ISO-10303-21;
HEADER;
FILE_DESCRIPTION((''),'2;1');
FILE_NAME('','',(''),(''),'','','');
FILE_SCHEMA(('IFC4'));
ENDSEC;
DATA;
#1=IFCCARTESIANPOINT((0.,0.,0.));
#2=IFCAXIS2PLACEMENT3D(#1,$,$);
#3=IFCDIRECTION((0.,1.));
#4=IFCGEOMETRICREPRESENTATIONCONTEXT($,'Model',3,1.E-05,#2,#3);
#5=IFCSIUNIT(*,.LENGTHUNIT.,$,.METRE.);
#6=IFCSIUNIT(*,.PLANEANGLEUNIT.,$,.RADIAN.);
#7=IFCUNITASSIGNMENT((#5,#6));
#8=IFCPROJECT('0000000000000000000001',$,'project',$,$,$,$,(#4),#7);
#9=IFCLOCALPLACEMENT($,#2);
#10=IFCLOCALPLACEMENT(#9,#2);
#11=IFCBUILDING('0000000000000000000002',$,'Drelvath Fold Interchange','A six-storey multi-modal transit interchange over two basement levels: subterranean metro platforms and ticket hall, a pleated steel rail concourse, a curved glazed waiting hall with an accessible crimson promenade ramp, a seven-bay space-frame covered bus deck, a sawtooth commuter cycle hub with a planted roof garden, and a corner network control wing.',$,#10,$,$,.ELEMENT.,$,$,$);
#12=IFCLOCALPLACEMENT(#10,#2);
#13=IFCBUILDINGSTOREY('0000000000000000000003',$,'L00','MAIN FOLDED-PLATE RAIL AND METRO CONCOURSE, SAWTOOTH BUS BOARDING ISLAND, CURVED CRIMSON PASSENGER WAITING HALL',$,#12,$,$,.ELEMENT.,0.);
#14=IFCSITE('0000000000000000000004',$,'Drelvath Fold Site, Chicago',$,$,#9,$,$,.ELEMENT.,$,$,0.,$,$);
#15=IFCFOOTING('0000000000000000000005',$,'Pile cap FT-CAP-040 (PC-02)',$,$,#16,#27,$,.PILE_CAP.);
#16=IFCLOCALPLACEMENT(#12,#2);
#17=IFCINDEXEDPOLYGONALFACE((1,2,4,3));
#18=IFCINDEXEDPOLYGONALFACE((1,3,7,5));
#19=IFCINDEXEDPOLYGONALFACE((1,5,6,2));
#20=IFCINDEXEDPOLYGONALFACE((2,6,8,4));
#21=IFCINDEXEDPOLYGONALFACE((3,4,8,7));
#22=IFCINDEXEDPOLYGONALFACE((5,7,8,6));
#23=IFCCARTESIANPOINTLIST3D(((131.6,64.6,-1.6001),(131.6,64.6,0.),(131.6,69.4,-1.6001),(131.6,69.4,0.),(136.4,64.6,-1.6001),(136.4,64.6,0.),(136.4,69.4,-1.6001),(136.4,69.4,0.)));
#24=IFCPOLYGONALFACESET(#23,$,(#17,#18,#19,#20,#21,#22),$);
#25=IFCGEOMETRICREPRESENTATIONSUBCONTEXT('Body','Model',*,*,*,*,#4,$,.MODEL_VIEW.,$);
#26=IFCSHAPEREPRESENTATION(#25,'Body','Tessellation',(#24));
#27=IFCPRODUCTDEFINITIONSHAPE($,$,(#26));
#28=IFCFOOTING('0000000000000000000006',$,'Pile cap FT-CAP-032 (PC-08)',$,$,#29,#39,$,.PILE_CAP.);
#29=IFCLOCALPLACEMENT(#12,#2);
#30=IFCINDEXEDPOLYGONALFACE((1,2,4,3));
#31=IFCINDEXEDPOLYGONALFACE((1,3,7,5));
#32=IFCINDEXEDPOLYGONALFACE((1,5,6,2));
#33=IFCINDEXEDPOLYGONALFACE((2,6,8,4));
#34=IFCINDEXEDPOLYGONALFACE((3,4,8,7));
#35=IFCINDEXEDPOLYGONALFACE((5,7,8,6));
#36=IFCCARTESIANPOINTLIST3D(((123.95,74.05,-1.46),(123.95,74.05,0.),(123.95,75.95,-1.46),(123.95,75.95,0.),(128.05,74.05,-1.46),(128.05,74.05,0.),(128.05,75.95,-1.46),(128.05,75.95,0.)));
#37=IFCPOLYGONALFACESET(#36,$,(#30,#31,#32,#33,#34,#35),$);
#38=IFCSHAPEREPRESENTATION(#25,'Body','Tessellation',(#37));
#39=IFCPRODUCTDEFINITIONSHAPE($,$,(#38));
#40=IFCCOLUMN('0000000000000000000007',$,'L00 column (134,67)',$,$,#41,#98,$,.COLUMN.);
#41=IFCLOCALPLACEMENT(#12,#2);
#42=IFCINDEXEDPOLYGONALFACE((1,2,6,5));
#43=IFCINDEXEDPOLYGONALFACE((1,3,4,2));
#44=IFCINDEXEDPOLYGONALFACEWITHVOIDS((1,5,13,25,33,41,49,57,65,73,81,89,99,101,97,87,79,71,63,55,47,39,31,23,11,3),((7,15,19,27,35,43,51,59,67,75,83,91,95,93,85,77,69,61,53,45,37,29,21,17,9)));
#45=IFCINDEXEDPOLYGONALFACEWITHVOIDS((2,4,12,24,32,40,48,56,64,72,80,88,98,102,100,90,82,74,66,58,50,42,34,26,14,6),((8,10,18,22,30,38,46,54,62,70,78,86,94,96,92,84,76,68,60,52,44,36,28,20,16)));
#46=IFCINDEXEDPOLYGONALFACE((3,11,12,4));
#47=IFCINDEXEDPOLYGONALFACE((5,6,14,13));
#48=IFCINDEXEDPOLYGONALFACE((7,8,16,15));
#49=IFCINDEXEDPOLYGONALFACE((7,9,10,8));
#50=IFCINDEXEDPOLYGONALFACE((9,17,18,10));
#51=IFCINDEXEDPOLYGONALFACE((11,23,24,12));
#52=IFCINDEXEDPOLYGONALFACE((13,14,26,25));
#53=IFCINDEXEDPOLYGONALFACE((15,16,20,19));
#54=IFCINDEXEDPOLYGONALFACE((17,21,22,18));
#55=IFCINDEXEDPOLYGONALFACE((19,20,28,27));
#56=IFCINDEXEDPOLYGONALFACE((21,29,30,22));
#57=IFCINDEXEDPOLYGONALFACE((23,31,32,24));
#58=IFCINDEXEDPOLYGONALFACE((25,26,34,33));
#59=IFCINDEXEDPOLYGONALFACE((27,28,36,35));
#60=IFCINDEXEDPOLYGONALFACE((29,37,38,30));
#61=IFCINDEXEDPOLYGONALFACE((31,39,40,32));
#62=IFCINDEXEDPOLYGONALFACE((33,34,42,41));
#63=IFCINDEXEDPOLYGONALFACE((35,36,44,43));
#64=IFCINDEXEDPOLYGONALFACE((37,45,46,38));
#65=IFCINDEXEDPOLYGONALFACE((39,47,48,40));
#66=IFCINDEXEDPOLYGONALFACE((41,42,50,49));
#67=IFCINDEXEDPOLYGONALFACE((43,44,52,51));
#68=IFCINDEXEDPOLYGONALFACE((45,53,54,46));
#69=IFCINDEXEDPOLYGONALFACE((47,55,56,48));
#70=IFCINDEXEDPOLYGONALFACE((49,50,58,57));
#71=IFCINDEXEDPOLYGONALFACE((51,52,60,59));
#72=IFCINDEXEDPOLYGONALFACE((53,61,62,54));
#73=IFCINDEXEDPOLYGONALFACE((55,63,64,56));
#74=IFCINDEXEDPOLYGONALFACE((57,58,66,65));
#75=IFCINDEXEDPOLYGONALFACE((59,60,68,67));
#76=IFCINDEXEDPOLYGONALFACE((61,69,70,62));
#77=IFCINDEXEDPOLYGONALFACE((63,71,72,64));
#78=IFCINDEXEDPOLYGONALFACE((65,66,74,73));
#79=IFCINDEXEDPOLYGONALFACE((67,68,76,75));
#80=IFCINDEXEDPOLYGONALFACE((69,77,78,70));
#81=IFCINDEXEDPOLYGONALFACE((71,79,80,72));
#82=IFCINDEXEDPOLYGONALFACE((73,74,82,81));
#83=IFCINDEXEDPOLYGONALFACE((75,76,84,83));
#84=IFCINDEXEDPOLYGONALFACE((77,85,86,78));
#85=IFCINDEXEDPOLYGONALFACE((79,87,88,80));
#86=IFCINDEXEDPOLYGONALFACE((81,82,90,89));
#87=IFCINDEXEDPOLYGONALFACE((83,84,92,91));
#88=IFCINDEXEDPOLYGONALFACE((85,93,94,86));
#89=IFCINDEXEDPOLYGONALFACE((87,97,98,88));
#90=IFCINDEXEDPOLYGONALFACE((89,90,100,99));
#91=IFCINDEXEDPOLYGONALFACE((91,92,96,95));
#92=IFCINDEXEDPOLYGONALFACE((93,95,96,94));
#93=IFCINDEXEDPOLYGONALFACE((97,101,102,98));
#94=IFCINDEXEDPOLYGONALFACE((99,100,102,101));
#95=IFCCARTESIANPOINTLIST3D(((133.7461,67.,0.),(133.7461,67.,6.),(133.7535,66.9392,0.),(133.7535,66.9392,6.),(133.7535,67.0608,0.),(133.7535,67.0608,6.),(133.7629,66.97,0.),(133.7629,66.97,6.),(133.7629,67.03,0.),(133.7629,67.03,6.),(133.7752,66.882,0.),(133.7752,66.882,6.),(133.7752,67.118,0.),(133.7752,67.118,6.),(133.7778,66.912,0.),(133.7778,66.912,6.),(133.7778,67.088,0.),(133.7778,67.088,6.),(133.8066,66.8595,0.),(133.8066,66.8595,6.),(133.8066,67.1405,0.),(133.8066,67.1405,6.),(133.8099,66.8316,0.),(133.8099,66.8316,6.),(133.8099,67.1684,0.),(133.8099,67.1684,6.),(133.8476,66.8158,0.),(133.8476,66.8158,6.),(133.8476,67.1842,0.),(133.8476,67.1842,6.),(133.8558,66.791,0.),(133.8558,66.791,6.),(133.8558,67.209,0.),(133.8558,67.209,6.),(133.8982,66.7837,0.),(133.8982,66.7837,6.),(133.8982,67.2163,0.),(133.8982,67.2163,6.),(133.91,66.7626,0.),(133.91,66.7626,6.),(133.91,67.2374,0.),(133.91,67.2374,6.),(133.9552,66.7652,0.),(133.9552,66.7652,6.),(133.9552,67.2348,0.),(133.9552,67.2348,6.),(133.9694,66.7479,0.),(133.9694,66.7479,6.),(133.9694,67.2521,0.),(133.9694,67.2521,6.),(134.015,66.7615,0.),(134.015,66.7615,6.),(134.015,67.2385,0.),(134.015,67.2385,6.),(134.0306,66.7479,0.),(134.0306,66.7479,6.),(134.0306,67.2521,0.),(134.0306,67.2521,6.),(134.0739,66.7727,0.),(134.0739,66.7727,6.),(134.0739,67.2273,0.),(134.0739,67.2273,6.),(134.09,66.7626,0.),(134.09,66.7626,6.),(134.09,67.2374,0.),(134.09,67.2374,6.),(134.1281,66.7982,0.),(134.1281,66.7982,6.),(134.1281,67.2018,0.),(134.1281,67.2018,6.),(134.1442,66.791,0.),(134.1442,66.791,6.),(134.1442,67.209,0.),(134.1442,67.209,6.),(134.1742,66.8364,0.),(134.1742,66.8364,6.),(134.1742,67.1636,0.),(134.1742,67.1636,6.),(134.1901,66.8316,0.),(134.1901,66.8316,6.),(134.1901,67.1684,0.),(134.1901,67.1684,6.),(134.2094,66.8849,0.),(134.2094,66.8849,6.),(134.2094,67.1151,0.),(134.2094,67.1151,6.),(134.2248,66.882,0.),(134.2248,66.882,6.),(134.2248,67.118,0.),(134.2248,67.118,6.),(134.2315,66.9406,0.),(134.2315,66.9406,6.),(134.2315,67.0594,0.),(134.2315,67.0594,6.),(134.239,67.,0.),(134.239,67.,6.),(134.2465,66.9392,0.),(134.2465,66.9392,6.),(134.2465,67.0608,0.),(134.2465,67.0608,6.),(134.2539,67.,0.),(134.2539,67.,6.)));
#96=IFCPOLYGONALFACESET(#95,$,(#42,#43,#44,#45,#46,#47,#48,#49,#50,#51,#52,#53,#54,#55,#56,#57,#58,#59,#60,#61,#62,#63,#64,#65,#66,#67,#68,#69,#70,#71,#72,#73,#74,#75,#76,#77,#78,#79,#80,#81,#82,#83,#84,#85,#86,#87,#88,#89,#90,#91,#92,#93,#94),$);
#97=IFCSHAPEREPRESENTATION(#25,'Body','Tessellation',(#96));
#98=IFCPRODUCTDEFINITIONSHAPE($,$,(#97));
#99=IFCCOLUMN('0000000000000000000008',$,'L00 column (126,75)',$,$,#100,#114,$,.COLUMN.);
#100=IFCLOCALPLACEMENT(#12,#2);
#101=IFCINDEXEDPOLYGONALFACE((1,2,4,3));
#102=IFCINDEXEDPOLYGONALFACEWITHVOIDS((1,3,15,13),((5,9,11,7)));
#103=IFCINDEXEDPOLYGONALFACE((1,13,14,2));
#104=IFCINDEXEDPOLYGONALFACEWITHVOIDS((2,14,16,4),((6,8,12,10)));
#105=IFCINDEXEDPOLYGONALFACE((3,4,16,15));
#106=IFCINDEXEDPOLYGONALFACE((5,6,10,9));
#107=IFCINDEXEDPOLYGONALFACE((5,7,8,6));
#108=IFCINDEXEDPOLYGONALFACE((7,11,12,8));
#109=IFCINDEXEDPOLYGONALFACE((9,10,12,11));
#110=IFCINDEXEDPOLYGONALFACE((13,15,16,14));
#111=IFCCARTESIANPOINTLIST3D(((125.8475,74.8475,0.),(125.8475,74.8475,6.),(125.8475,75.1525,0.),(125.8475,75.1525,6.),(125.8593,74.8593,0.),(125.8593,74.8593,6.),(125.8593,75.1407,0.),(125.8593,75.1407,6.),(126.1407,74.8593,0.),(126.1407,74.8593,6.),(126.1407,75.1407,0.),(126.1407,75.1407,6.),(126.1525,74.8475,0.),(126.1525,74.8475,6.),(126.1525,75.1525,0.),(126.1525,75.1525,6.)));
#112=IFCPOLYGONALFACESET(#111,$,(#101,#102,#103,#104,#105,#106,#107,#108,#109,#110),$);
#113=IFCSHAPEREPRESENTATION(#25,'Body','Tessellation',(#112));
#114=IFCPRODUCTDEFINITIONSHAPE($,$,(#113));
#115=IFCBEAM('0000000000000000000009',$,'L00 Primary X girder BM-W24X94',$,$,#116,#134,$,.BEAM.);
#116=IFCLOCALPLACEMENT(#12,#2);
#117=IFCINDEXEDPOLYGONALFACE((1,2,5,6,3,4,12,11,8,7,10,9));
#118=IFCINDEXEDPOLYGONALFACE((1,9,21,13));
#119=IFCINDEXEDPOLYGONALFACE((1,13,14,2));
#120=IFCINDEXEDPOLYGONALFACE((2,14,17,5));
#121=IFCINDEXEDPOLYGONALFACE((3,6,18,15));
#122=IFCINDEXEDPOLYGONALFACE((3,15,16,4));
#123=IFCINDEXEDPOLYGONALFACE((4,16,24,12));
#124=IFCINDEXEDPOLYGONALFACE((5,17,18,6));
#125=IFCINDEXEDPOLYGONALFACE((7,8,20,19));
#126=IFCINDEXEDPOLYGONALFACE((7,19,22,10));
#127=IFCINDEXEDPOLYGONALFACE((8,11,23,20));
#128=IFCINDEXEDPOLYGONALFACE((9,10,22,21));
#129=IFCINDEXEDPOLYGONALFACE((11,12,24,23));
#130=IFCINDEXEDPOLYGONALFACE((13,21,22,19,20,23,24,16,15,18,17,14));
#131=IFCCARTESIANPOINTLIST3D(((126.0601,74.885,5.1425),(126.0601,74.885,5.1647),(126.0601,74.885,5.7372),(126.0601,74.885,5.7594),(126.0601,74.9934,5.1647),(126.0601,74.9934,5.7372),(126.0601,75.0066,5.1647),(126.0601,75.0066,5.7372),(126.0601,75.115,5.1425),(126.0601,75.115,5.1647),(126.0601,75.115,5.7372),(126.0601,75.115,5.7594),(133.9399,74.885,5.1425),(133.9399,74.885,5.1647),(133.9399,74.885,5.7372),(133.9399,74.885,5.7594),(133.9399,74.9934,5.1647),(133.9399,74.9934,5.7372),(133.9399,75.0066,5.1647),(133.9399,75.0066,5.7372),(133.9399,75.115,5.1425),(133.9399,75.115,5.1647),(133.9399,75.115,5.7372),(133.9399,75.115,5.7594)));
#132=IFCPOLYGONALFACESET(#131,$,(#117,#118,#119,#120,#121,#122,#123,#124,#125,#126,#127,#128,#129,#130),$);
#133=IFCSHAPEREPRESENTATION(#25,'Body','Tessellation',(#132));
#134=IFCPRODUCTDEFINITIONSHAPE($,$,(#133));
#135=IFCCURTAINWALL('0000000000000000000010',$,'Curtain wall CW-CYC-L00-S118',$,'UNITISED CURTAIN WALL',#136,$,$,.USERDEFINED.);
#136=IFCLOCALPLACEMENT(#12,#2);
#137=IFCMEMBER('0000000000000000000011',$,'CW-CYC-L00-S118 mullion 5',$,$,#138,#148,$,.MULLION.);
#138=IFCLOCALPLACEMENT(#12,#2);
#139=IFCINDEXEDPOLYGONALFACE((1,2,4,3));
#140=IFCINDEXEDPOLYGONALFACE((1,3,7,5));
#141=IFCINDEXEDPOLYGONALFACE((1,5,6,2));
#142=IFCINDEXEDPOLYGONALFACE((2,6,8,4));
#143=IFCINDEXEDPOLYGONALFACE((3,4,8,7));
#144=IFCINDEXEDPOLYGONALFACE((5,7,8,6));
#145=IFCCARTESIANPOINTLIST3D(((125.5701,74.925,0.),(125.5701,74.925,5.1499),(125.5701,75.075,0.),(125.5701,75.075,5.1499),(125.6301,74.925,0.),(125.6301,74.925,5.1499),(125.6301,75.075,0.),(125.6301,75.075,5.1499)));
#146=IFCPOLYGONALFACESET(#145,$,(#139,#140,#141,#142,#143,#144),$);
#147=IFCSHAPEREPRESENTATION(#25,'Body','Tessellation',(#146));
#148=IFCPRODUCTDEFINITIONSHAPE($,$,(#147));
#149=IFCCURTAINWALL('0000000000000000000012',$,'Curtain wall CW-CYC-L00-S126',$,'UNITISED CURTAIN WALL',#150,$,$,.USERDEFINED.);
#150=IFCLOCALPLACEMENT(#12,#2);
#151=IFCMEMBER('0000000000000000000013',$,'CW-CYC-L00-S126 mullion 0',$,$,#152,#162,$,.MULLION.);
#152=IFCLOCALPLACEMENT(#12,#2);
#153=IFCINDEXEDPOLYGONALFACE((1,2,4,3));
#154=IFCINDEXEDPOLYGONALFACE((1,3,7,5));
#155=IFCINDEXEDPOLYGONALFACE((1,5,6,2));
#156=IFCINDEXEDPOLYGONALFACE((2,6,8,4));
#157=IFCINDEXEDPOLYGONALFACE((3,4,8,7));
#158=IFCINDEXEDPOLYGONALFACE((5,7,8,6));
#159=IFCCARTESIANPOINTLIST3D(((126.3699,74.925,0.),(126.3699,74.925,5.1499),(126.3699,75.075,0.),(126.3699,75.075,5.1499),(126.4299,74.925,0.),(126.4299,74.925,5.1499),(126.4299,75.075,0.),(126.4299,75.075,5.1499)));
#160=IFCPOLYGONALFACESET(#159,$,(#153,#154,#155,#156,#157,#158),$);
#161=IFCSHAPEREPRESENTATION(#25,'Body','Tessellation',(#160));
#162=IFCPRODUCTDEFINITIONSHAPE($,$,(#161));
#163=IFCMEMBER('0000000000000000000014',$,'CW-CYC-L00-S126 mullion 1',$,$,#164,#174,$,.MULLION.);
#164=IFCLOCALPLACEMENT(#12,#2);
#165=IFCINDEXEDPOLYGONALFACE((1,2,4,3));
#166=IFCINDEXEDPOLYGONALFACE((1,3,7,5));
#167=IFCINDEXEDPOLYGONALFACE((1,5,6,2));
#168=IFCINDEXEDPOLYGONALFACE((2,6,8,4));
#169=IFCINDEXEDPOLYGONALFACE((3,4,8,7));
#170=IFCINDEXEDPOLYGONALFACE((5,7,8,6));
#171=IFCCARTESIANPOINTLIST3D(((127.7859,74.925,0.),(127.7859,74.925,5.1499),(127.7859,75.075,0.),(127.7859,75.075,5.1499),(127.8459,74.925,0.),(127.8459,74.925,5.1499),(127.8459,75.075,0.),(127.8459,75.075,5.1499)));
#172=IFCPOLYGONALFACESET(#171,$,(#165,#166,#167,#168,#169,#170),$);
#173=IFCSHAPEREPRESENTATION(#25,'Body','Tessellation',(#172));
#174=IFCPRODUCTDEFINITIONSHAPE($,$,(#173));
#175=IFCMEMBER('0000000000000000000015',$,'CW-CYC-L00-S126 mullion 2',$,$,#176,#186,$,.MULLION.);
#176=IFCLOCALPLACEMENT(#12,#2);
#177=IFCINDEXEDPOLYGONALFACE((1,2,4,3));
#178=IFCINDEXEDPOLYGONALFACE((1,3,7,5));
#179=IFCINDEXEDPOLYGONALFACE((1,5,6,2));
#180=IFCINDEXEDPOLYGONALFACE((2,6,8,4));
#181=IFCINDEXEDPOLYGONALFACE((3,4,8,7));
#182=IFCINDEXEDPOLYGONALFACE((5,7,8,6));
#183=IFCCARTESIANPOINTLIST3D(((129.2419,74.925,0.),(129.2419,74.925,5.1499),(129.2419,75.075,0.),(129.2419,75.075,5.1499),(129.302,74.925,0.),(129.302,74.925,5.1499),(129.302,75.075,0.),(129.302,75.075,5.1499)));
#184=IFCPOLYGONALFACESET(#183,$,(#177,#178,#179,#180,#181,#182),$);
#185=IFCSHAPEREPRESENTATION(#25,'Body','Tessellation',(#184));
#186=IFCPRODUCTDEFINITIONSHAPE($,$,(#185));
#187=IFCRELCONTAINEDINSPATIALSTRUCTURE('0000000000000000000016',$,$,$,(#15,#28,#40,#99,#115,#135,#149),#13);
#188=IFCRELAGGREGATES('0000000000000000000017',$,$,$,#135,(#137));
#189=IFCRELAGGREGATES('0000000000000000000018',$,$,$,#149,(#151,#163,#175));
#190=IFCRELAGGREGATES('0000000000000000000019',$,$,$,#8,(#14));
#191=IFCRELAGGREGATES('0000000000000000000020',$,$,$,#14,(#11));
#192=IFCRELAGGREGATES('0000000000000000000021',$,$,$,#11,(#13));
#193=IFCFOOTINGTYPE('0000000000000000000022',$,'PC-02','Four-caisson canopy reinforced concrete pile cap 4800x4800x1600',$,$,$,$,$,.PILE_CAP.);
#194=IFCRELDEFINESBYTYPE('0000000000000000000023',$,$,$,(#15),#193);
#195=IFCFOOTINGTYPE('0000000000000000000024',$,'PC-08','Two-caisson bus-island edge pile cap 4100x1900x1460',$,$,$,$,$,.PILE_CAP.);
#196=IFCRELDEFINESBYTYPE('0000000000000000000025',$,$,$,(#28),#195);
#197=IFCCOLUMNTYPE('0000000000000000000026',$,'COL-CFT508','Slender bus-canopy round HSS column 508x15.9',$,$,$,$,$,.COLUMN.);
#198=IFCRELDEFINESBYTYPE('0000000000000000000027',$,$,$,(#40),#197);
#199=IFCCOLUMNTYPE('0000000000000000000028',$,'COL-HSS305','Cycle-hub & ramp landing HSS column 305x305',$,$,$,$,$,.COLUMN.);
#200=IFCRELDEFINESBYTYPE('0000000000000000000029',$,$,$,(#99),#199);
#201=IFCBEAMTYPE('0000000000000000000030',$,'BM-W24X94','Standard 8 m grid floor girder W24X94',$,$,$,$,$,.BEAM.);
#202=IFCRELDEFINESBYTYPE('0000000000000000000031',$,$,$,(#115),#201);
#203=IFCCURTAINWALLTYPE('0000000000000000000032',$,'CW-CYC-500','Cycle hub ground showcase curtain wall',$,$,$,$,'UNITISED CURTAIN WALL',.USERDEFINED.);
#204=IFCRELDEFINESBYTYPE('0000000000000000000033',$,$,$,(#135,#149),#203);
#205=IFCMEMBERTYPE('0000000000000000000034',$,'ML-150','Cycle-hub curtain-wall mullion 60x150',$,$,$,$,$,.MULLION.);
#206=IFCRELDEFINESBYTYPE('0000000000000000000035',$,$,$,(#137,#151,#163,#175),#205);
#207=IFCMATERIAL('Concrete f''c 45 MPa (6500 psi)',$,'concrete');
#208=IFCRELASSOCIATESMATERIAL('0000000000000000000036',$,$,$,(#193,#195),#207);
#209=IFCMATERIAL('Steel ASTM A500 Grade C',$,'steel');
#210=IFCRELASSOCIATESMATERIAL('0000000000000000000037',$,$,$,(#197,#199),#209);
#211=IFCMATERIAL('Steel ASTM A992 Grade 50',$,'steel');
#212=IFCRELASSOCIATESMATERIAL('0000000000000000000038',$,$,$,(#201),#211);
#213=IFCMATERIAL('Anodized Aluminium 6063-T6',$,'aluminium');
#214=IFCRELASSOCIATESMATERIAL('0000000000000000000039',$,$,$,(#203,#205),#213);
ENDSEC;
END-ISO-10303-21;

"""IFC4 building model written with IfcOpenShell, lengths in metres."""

from ifc_helpers import new_model, si_unit, direction, frame, origin, origin_2d, place, context, subcontext, project, spatial, rectangle, hollow_rectangle, hollow_circle, i_section, extrude, material, material_profile, profile_set, type_object, element, aggregate, save


model = new_model("IFC4")

# Units and contexts
model_context = context("Model", 3, precision=1e-05, world=origin(), true_north=direction((0.0, 1.0)))
body_context = subcontext(model_context, "Body", "Model", "MODEL_VIEW")
ifc_project = project(units=[si_unit("LENGTHUNIT", "METRE"), si_unit("PLANEANGLEUNIT", "RADIAN")], contexts=[model_context])

# Site, building, storey
site_placement = place(None, origin())
site = spatial("IfcSite", under=ifc_project, at=site_placement, Name="Drelvath Fold Site, Chicago", CompositionType="ELEMENT", RefElevation=0.0)
building_placement = place(site_placement, origin())
building = spatial("IfcBuilding", under=site, at=building_placement, Name="Drelvath Fold Interchange", Description="A six-storey multi-modal transit interchange over two basement levels: subterranean metro platforms and ticket hall, a pleated steel rail concourse, a curved glazed waiting hall with an accessible crimson promenade ramp, a seven-bay space-frame covered bus deck, a sawtooth commuter cycle hub with a planted roof garden, and a corner network control wing.", CompositionType="ELEMENT")
storey_placement = place(building_placement, origin())
storey = spatial("IfcBuildingStorey", under=building, at=storey_placement, Name="L00", Description="MAIN FOLDED-PLATE RAIL AND METRO CONCOURSE, SAWTOOTH BUS BOARDING ISLAND, CURVED CRIMSON PASSENGER WAITING HALL", CompositionType="ELEMENT", Elevation=0.0)

# Footings
ifc_material_1 = material(Name="Concrete f'c 45 MPa (6500 psi)", Category="concrete")
footing_type_1 = type_object("IfcFootingType", Name="PC-02", Description="Four-caisson canopy reinforced concrete pile cap 4800x4800x1600", PredefinedType="PILE_CAP", material=ifc_material_1)
footing_1_placement = place(storey_placement, frame((134.0, 67.0, -1.6001), z_axis=(0.0, 0.0, 1.0), x_axis=(1.0, 0.0, 0.0)))
element("IfcFooting", 1, at=footing_1_placement, inside=storey, type_object=footing_type_1, Name="Pile cap FT-CAP-040 (PC-02)", PredefinedType="PILE_CAP", context=body_context, shape_type="SweptSolid", body=[
    extrude(rectangle(XDim=4.8, YDim=4.8, at=origin_2d()), origin(), (0.0, 0.0, 1.0), 1.6001),
])
footing_type_2 = type_object("IfcFootingType", Name="PC-08", Description="Two-caisson bus-island edge pile cap 4100x1900x1460", PredefinedType="PILE_CAP", material=ifc_material_1)
footing_2_placement = place(storey_placement, frame((126.0, 75.0, -1.46), z_axis=(0.0, 0.0, 1.0), x_axis=(1.0, 0.0, 0.0)))
element("IfcFooting", 2, at=footing_2_placement, inside=storey, type_object=footing_type_2, Name="Pile cap FT-CAP-032 (PC-08)", PredefinedType="PILE_CAP", context=body_context, shape_type="SweptSolid", body=[
    extrude(rectangle(XDim=4.1001, YDim=1.8999, at=origin_2d()), origin(), (0.0, 0.0, 1.0), 1.46),
])

# Columns
ifc_material_2 = material(Name="Steel ASTM A500 Grade C", Category="steel")
ifc_material_profile_1 = material_profile(ifc_material_2, hollow_circle(Radius=0.2539, WallThickness=0.0149, at=origin_2d()), Name="HSS20.000X0.625")
ifc_profile_set_1 = profile_set([ifc_material_profile_1], Name="Steel ASTM A500 Grade C")
column_type_1 = type_object("IfcColumnType", Name="COL-CFT508", Description="Slender bus-canopy round HSS column 508x15.9", PredefinedType="COLUMN", material=ifc_profile_set_1)
column_1_placement = place(storey_placement, frame((134.0, 67.0, 0.0), z_axis=(0.0, 0.0, 1.0), x_axis=(1.0, 0.0, 0.0)))
element("IfcColumn", 3, at=column_1_placement, inside=storey, type_object=column_type_1, Name="L00 column (134,67)", PredefinedType="COLUMN", context=body_context, shape_type="SweptSolid", body=[
    extrude(hollow_circle(Radius=0.2539, WallThickness=0.0149, at=origin_2d()), origin(), (0.0, 0.0, 1.0), 6.0),
])
ifc_material_profile_2 = material_profile(ifc_material_2, hollow_rectangle(XDim=0.3049, YDim=0.3049, WallThickness=0.0117, at=origin_2d()), Name="HSS12X12X1/2")
ifc_profile_set_2 = profile_set([ifc_material_profile_2], Name="Steel ASTM A500 Grade C")
column_type_2 = type_object("IfcColumnType", Name="COL-HSS305", Description="Cycle-hub & ramp landing HSS column 305x305", PredefinedType="COLUMN", material=ifc_profile_set_2)
column_2_placement = place(storey_placement, frame((126.0, 75.0, 0.0), z_axis=(0.0, 0.0, 1.0), x_axis=(1.0, 0.0, 0.0)))
element("IfcColumn", 4, at=column_2_placement, inside=storey, type_object=column_type_2, Name="L00 column (126,75)", PredefinedType="COLUMN", context=body_context, shape_type="SweptSolid", body=[
    extrude(hollow_rectangle(XDim=0.3049, YDim=0.3049, WallThickness=0.0117, at=origin_2d()), origin(), (0.0, 0.0, 1.0), 6.0),
])

# Beam
ifc_material_3 = material(Name="Steel ASTM A992 Grade 50", Category="steel")
ifc_material_profile_3 = material_profile(ifc_material_3, i_section(OverallWidth=0.23, OverallDepth=0.6169, WebThickness=0.0132, FlangeThickness=0.0222, at=origin_2d()), Name="W24X94")
ifc_profile_set_3 = profile_set([ifc_material_profile_3], Name="Steel ASTM A992 Grade 50")
beam_type = type_object("IfcBeamType", Name="BM-W24X94", Description="Standard 8 m grid floor girder W24X94", PredefinedType="BEAM", material=ifc_profile_set_3)
beam_placement = place(storey_placement, frame((126.0601, 75.0, 5.4509), z_axis=(1.0, 0.0, 0.0), x_axis=(0.0, 1.0, 0.0)))
element("IfcBeam", 5, at=beam_placement, inside=storey, type_object=beam_type, Name="L00 Primary X girder BM-W24X94", PredefinedType="BEAM", context=body_context, shape_type="SweptSolid", body=[
    extrude(i_section(OverallWidth=0.23, OverallDepth=0.6169, WebThickness=0.0132, FlangeThickness=0.0222, at=origin_2d()), origin(), (0.0, 0.0, 1.0), 7.8799),
])

# Curtain wall, member
ifc_material_4 = material(Name="Anodized Aluminium 6063-T6", Category="aluminium")
curtain_wall_type = type_object("IfcCurtainWallType", Name="CW-CYC-500", Description="Cycle hub ground showcase curtain wall", ElementType="UNITISED CURTAIN WALL", PredefinedType="USERDEFINED", material=ifc_material_4)
curtain_wall_1_placement = place(storey_placement, origin())
curtain_wall_1 = element("IfcCurtainWall", 6, at=curtain_wall_1_placement, inside=storey, type_object=curtain_wall_type, Name="Curtain wall CW-CYC-L00-S118", ObjectType="UNITISED CURTAIN WALL", PredefinedType="USERDEFINED")
ifc_material_profile_4 = material_profile(ifc_material_4, rectangle(XDim=0.0601, YDim=0.1499, at=origin_2d()), Name="AL-M 60x150")
ifc_profile_set_4 = profile_set([ifc_material_profile_4], Name="Anodized Aluminium 6063-T6")
member_type_1 = type_object("IfcMemberType", Name="ML-150", Description="Cycle-hub curtain-wall mullion 60x150", PredefinedType="MULLION", material=ifc_profile_set_4)
member_1_placement = place(storey_placement, frame((125.6001, 75.0, 0.0), z_axis=(0.0, 0.0, 1.0), x_axis=(1.0, 0.0, 0.0)))
member_1 = element("IfcMember", 7, at=member_1_placement, type_object=member_type_1, Name="CW-CYC-L00-S118 mullion 5", PredefinedType="MULLION", context=body_context, shape_type="SweptSolid", body=[
    extrude(rectangle(XDim=0.0601, YDim=0.1499, at=origin_2d()), origin(), (0.0, 0.0, 1.0), 5.1499),
])

# Curtain wall, members
curtain_wall_2_placement = place(storey_placement, origin())
curtain_wall_2 = element("IfcCurtainWall", 8, at=curtain_wall_2_placement, inside=storey, type_object=curtain_wall_type, Name="Curtain wall CW-CYC-L00-S126", ObjectType="UNITISED CURTAIN WALL", PredefinedType="USERDEFINED")
member_2_placement = place(storey_placement, frame((126.3999, 75.0, 0.0), z_axis=(0.0, 0.0, 1.0), x_axis=(1.0, 0.0, 0.0)))
member_2 = element("IfcMember", 9, at=member_2_placement, type_object=member_type_1, Name="CW-CYC-L00-S126 mullion 0", PredefinedType="MULLION", context=body_context, shape_type="SweptSolid", body=[
    extrude(rectangle(XDim=0.0601, YDim=0.1499, at=origin_2d()), origin(), (0.0, 0.0, 1.0), 5.1499),
])
member_3_placement = place(storey_placement, frame((127.8159, 75.0, 0.0), z_axis=(0.0, 0.0, 1.0), x_axis=(1.0, 0.0, 0.0)))
member_3 = element("IfcMember", 10, at=member_3_placement, type_object=member_type_1, Name="CW-CYC-L00-S126 mullion 1", PredefinedType="MULLION", context=body_context, shape_type="SweptSolid", body=[
    extrude(rectangle(XDim=0.0601, YDim=0.1499, at=origin_2d()), origin(), (0.0, 0.0, 1.0), 5.1499),
])
member_4_placement = place(storey_placement, frame((129.272, 75.0, 0.0), z_axis=(0.0, 0.0, 1.0), x_axis=(1.0, 0.0, 0.0)))
member_4 = element("IfcMember", 11, at=member_4_placement, type_object=member_type_1, Name="CW-CYC-L00-S126 mullion 2", PredefinedType="MULLION", context=body_context, shape_type="SweptSolid", body=[
    extrude(rectangle(XDim=0.0601, YDim=0.1499, at=origin_2d()), origin(), (0.0, 0.0, 1.0), 5.1499),
])

aggregate(curtain_wall_1, [member_1])
aggregate(curtain_wall_2, [member_2, member_3, member_4])

save(model, "model.ifc")
